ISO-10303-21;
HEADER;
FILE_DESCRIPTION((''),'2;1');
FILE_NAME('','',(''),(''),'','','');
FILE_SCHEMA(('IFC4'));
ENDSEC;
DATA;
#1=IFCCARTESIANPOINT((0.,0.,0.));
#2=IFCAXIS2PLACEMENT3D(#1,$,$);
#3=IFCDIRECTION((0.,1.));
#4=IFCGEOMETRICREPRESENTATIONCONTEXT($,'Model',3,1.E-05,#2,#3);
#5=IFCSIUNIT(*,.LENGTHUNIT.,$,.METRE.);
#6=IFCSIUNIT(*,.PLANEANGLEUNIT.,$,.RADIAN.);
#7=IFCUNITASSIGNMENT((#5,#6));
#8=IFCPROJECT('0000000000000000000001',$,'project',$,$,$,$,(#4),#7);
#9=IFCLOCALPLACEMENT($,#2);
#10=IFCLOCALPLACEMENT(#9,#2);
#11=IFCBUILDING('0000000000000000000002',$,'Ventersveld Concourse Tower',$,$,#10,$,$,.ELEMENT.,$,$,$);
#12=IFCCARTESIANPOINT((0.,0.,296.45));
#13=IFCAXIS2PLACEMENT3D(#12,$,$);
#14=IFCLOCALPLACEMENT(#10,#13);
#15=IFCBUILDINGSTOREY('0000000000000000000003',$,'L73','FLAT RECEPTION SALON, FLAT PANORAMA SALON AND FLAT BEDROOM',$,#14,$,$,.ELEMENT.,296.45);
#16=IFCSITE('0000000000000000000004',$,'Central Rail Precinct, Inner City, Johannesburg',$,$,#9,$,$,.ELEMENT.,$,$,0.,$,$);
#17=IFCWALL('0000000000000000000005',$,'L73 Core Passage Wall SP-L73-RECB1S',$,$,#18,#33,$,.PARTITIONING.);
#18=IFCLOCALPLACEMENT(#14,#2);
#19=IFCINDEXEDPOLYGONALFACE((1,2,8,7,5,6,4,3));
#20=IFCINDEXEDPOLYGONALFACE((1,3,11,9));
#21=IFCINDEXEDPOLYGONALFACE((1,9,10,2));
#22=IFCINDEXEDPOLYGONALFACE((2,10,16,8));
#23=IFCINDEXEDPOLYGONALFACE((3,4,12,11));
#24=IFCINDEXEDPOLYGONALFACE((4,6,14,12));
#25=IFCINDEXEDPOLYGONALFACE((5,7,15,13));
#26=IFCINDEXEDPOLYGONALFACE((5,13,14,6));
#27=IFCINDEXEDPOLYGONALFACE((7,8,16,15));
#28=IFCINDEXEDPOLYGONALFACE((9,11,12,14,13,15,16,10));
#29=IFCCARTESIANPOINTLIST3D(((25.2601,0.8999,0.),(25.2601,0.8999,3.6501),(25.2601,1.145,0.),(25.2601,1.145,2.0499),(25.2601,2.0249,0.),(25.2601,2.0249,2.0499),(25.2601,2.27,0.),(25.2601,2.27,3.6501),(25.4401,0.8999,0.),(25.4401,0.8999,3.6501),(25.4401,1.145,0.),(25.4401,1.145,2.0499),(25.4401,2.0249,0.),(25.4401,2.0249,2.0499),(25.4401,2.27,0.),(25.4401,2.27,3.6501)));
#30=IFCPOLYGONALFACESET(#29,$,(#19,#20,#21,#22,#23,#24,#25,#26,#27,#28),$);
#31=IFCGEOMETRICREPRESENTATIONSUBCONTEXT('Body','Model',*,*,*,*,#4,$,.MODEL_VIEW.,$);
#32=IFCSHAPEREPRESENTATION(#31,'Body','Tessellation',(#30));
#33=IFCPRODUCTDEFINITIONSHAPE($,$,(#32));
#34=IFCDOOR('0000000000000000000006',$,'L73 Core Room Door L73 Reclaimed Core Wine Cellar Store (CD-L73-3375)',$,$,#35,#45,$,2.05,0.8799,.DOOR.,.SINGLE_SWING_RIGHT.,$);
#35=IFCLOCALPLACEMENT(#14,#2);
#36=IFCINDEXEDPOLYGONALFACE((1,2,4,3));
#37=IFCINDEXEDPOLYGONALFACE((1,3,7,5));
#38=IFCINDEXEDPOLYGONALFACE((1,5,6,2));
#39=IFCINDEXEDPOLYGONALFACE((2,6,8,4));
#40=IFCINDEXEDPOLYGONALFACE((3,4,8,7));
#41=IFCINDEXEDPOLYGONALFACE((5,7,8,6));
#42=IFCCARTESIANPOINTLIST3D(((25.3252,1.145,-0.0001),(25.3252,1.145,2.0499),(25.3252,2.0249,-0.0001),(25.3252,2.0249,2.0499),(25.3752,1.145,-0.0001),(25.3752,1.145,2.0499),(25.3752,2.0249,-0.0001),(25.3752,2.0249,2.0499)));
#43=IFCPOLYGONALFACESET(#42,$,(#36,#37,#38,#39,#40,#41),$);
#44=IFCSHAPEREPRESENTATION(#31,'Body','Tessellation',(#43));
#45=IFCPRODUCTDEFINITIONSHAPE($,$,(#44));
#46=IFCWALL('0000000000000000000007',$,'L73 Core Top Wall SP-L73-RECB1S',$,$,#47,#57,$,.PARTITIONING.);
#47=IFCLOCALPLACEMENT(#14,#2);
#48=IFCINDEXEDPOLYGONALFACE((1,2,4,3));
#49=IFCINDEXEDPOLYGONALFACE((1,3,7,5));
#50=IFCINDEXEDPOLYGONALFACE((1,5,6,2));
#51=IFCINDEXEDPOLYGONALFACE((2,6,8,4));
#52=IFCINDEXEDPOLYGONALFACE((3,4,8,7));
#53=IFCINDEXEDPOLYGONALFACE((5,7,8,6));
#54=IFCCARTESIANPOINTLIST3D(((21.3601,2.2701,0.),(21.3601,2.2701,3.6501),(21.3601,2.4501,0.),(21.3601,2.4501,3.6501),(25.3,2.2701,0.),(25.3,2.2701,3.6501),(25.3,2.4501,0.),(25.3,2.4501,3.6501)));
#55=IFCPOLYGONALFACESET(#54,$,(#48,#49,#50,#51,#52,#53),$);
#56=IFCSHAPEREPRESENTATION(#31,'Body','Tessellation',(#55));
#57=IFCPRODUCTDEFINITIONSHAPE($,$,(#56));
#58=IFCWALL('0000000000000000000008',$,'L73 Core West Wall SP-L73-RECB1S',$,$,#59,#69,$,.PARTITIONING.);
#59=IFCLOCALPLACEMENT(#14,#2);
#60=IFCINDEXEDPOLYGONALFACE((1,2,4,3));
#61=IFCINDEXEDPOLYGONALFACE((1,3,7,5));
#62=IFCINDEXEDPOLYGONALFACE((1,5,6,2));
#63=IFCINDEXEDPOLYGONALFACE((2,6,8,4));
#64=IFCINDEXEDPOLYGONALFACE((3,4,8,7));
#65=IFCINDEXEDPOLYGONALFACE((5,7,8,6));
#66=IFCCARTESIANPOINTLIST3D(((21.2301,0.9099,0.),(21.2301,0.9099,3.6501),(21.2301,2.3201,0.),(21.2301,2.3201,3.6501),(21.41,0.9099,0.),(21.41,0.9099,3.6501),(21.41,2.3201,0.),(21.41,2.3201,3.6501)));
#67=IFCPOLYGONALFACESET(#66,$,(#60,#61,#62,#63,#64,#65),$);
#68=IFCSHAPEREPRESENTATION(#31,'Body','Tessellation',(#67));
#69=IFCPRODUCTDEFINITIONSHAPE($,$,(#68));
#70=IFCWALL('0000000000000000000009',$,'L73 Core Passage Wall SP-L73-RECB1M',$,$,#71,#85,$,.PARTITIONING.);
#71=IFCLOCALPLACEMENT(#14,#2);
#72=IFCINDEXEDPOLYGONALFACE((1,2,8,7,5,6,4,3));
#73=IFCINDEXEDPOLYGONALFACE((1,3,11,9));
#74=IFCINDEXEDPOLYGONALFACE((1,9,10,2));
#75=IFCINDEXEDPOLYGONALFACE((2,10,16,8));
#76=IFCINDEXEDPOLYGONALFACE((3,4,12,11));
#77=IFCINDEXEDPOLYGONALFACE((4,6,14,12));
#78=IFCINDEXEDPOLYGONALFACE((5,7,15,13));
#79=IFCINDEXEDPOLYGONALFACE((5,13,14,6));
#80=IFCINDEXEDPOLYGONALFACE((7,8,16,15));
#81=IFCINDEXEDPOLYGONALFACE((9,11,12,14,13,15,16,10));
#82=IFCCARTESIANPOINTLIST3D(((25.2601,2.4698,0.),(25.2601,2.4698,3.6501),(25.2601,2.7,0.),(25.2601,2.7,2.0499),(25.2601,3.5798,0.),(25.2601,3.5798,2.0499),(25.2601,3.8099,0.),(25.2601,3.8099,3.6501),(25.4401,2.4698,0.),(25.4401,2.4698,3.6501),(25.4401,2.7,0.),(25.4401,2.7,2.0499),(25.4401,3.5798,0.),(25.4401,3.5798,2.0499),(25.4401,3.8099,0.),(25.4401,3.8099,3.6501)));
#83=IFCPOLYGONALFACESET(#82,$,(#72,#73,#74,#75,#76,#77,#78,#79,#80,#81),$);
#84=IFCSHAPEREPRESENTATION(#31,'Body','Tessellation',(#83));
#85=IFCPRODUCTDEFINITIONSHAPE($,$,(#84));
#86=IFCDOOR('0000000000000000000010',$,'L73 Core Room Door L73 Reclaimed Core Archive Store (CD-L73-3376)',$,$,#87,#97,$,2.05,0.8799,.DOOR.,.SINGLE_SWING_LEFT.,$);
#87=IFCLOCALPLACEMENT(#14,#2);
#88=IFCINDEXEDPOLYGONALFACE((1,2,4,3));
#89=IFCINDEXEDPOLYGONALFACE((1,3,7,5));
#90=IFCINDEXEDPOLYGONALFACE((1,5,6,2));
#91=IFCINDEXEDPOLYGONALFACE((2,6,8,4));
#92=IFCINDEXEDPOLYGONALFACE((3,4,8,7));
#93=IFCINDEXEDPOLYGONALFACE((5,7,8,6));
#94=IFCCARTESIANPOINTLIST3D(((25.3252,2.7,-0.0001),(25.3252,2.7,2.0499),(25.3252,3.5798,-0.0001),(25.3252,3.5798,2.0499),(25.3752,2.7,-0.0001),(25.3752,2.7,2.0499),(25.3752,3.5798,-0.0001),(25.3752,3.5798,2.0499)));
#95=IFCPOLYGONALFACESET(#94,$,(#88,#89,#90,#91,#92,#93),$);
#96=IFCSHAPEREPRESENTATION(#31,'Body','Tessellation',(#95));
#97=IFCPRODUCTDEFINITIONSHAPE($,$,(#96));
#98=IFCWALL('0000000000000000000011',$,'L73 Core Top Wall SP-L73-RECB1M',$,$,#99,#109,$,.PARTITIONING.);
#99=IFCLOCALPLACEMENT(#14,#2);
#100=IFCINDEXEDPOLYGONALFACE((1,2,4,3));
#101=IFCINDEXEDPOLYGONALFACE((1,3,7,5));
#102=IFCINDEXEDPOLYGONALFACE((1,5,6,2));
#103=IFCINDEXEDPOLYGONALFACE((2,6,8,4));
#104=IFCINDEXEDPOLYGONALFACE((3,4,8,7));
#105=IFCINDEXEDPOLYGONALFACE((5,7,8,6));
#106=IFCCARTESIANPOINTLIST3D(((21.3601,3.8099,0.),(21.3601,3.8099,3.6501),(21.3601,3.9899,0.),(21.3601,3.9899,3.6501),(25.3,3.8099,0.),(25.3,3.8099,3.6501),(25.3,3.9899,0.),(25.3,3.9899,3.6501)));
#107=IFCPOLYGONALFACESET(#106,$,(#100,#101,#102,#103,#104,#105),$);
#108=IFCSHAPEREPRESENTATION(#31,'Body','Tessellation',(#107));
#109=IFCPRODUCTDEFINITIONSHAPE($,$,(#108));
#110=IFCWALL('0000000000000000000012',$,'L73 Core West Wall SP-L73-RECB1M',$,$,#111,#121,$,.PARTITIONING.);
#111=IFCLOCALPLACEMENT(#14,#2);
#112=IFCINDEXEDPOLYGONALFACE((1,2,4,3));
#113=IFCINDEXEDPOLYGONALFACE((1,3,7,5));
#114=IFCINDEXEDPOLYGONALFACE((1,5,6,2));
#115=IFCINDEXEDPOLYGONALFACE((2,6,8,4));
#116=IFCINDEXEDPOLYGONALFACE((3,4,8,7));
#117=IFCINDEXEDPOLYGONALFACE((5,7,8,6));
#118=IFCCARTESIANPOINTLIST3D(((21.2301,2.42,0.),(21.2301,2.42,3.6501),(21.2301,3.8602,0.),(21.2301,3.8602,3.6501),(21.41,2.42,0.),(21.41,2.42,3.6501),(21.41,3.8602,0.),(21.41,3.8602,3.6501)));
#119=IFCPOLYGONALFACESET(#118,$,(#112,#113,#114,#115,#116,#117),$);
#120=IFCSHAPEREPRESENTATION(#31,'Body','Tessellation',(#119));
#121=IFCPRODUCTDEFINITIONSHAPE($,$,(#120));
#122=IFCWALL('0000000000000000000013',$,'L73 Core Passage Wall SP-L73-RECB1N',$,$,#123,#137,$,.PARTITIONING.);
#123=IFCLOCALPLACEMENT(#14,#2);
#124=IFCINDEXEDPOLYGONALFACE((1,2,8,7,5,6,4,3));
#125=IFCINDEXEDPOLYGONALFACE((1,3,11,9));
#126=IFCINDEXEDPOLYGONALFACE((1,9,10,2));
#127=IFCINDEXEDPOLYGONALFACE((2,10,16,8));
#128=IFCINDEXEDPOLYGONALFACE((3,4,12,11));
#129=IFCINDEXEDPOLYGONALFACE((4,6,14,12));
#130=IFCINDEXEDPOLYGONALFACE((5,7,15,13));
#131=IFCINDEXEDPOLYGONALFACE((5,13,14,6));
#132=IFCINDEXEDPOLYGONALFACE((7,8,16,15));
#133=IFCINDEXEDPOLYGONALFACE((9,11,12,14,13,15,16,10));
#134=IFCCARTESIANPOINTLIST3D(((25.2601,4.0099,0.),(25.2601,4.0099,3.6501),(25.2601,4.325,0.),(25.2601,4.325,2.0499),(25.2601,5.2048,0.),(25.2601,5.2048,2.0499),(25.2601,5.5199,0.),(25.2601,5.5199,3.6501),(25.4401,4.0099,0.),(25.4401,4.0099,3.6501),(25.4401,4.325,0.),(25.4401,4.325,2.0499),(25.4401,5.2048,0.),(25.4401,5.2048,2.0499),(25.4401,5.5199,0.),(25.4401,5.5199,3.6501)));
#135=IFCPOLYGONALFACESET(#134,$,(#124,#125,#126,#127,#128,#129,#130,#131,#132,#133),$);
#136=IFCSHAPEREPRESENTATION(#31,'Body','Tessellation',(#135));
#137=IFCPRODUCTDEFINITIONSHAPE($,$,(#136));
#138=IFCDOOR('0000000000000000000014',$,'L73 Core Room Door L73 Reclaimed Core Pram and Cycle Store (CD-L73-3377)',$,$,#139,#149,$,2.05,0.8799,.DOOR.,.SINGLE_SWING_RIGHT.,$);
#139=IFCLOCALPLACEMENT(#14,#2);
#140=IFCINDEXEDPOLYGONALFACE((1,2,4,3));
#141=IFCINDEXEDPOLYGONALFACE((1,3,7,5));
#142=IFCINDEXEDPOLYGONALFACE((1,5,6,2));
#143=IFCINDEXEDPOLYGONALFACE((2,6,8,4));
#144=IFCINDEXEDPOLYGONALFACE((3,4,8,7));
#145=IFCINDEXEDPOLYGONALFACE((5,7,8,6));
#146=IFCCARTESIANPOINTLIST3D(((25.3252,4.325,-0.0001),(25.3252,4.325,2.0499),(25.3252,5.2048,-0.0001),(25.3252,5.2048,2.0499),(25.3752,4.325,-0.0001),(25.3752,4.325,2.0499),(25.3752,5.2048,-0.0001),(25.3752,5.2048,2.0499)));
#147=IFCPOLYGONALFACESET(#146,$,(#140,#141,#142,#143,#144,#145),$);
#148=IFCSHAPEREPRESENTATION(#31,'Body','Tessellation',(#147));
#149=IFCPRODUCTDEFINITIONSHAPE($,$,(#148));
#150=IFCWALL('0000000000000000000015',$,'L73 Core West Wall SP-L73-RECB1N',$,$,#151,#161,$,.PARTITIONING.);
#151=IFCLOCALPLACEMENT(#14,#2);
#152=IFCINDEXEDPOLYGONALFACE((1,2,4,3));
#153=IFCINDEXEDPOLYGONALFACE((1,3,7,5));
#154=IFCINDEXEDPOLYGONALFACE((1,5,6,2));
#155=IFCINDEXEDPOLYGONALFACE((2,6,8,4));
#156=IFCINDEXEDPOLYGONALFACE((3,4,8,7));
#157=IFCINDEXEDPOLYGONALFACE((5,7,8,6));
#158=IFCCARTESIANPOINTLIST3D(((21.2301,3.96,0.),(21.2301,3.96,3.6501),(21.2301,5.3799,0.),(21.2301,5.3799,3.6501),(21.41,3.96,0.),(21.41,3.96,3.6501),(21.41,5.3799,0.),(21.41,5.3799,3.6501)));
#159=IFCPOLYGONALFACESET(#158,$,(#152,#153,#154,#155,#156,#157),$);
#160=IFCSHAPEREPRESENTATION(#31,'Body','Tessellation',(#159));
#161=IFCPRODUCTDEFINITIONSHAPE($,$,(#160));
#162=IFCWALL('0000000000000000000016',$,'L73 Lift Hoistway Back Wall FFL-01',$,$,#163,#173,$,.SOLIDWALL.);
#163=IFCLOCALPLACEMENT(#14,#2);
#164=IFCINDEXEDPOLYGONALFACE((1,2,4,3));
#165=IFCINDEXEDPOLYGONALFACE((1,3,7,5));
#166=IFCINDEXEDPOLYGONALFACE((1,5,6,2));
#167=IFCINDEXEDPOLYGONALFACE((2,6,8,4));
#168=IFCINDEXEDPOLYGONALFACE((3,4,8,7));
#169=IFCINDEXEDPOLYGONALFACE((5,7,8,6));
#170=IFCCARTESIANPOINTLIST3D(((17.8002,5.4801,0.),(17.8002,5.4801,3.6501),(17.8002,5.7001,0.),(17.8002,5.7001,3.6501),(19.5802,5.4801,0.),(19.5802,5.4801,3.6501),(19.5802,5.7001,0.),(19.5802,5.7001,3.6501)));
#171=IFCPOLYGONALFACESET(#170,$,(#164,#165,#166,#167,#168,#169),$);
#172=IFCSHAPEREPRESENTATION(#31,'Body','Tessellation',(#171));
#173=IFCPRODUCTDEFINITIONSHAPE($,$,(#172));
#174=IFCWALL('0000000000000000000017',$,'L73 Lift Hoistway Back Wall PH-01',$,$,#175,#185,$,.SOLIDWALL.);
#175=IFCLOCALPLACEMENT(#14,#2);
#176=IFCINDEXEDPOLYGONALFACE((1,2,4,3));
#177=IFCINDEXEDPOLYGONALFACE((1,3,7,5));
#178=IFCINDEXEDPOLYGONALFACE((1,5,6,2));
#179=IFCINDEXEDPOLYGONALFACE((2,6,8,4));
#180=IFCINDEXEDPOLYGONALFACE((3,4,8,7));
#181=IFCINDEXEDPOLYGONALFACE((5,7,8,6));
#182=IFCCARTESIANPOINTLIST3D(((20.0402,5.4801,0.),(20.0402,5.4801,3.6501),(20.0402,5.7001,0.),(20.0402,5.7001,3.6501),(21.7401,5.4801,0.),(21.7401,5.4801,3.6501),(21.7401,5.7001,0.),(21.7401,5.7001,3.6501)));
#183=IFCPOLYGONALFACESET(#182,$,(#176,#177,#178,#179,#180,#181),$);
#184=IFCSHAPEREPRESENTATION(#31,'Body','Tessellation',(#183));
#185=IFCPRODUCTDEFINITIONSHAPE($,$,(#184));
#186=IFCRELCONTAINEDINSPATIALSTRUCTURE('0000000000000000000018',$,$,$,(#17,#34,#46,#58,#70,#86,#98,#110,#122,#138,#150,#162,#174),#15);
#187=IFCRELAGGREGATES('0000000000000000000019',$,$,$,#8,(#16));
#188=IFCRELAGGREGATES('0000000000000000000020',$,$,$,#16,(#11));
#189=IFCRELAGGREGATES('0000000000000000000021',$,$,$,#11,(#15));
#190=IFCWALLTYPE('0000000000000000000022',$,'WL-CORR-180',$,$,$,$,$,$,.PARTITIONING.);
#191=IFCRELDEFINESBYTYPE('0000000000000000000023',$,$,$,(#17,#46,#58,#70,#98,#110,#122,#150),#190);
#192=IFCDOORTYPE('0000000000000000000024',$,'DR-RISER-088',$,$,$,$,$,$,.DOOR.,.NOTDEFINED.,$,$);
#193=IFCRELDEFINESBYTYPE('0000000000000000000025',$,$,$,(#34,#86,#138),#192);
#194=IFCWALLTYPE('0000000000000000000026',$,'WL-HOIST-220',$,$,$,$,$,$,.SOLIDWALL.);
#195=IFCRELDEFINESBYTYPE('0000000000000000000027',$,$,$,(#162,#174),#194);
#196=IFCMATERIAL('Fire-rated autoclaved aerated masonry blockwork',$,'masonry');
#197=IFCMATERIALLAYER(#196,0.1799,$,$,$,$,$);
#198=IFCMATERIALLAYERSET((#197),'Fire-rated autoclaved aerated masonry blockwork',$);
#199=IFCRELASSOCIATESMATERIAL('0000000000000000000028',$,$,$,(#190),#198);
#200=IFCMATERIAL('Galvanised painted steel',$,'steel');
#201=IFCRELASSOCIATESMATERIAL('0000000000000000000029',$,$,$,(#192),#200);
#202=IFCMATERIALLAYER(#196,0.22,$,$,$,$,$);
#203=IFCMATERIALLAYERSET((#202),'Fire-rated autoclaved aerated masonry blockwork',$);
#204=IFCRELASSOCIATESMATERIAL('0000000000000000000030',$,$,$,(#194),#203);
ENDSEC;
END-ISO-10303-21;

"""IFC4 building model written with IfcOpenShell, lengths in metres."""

from ifc_helpers import new_model, si_unit, direction, frame, frame_2d, origin, place, context, subcontext, project, spatial, rectangle, extrude, material, layer, layer_set, type_object, element, fill, save


model = new_model("IFC4")

# Units and contexts
model_context = context("Model", 3, precision=1e-05, world=origin(), true_north=direction((0.0, 1.0)))
body_context = subcontext(model_context, "Body", "Model", "MODEL_VIEW")
ifc_project = project(units=[si_unit("LENGTHUNIT", "METRE"), si_unit("PLANEANGLEUNIT", "RADIAN")], contexts=[model_context])

# Site, building, storey
site_placement = place(None, origin())
site = spatial("IfcSite", under=ifc_project, at=site_placement, Name="Central Rail Precinct, Inner City, Johannesburg", CompositionType="ELEMENT", RefElevation=0.0)
building_placement = place(site_placement, origin())
building = spatial("IfcBuilding", under=site, at=building_placement, Name="Ventersveld Concourse Tower", CompositionType="ELEMENT")
storey_placement = place(building_placement, frame((0.0, 0.0, 296.45)))
storey = spatial("IfcBuildingStorey", under=building, at=storey_placement, Name="L73", Description="FLAT RECEPTION SALON, FLAT PANORAMA SALON AND FLAT BEDROOM", CompositionType="ELEMENT", Elevation=296.45)

# Wall, opening, door
ifc_material_1 = material(Name="Fire-rated autoclaved aerated masonry blockwork", Category="masonry")
ifc_layer_1 = layer(ifc_material_1, 0.1799)
ifc_layer_set_1 = layer_set([ifc_layer_1], Name="Fire-rated autoclaved aerated masonry blockwork")
wall_type_1 = type_object("IfcWallType", Name="WL-CORR-180", PredefinedType="PARTITIONING", material=ifc_layer_set_1)
wall_1_placement = place(storey_placement, frame((25.3501, 0.8999, 0.0), z_axis=(0.0, 0.0, 1.0), x_axis=(0.0, 1.0, 0.0)))
wall_1 = element("IfcWall", 1, at=wall_1_placement, inside=storey, type_object=wall_type_1, Name="L73 Core Passage Wall SP-L73-RECB1S", PredefinedType="PARTITIONING", context=body_context, shape_type="SweptSolid", body=[
    extrude(rectangle(XDim=1.3701, YDim=0.1799, at=frame_2d((0.6851, 0.0))), origin(), (0.0, 0.0, 1.0), 3.6501),
])
opening_1_placement = place(wall_1_placement, frame((0.2451, 0.0, 0.0)))
opening_1 = element("IfcOpeningElement", 2, at=opening_1_placement, cuts=wall_1, PredefinedType="OPENING", context=body_context, shape_type="SweptSolid", body=[
    extrude(rectangle(XDim=0.8799, YDim=2.05, at=frame_2d((0.4399, 1.0249))), frame((0.0, 0.1001, 0.0), z_axis=(0.0, -1.0, 0.0), x_axis=(1.0, 0.0, 0.0)), (0.0, 0.0, 1.0), 0.2),
])
ifc_material_2 = material(Name="Galvanised painted steel", Category="steel")
door_type = type_object("IfcDoorType", Name="DR-RISER-088", OperationType="NOTDEFINED", PredefinedType="DOOR", material=ifc_material_2)
door_1_placement = place(opening_1_placement, origin())
door_1 = element("IfcDoor", 3, at=door_1_placement, inside=storey, type_object=door_type, Name="L73 Core Room Door L73 Reclaimed Core Wine Cellar Store (CD-L73-3375)", OperationType="SINGLE_SWING_RIGHT", OverallHeight=2.05, OverallWidth=0.8799, PredefinedType="DOOR", context=body_context, shape_type="SweptSolid", body=[
    extrude(rectangle(XDim=0.8799, YDim=2.05, at=frame_2d((0.4399, 1.0249))), frame((0.0, 0.0249, 0.0), z_axis=(0.0, -1.0, 0.0), x_axis=(1.0, 0.0, 0.0)), (0.0, 0.0, 1.0), 0.05),
])
fill(opening_1, door_1)

# Walls
wall_2_placement = place(storey_placement, frame((21.3601, 2.3601, 0.0), z_axis=(0.0, 0.0, 1.0), x_axis=(1.0, 0.0, 0.0)))
element("IfcWall", 4, at=wall_2_placement, inside=storey, type_object=wall_type_1, Name="L73 Core Top Wall SP-L73-RECB1S", PredefinedType="PARTITIONING", context=body_context, shape_type="SweptSolid", body=[
    extrude(rectangle(XDim=3.9399, YDim=0.1799, at=frame_2d((1.97, 0.0))), origin(), (0.0, 0.0, 1.0), 3.6501),
])
wall_3_placement = place(storey_placement, frame((21.3201, 0.9099, 0.0), z_axis=(0.0, 0.0, 1.0), x_axis=(0.0, 1.0, 0.0)))
element("IfcWall", 5, at=wall_3_placement, inside=storey, type_object=wall_type_1, Name="L73 Core West Wall SP-L73-RECB1S", PredefinedType="PARTITIONING", context=body_context, shape_type="SweptSolid", body=[
    extrude(rectangle(XDim=1.4102, YDim=0.1799, at=frame_2d((0.7051, 0.0))), origin(), (0.0, 0.0, 1.0), 3.6501),
])

# Wall, opening, door
wall_4_placement = place(storey_placement, frame((25.3501, 2.47, 0.0), z_axis=(0.0, 0.0, 1.0), x_axis=(0.0, 1.0, 0.0)))
wall_4 = element("IfcWall", 6, at=wall_4_placement, inside=storey, type_object=wall_type_1, Name="L73 Core Passage Wall SP-L73-RECB1M", PredefinedType="PARTITIONING", context=body_context, shape_type="SweptSolid", body=[
    extrude(rectangle(XDim=1.3401, YDim=0.1799, at=frame_2d((0.6699, 0.0))), origin(), (0.0, 0.0, 1.0), 3.6501),
])
opening_2_placement = place(wall_4_placement, frame((0.23, 0.0, 0.0)))
opening_2 = element("IfcOpeningElement", 7, at=opening_2_placement, cuts=wall_4, PredefinedType="OPENING", context=body_context, shape_type="SweptSolid", body=[
    extrude(rectangle(XDim=0.8799, YDim=2.05, at=frame_2d((0.4399, 1.0249))), frame((0.0, 0.1001, 0.0), z_axis=(0.0, -1.0, 0.0), x_axis=(1.0, 0.0, 0.0)), (0.0, 0.0, 1.0), 0.2),
])
door_2_placement = place(opening_2_placement, origin())
door_2 = element("IfcDoor", 8, at=door_2_placement, inside=storey, type_object=door_type, Name="L73 Core Room Door L73 Reclaimed Core Archive Store (CD-L73-3376)", OperationType="SINGLE_SWING_LEFT", OverallHeight=2.05, OverallWidth=0.8799, PredefinedType="DOOR", context=body_context, shape_type="SweptSolid", body=[
    extrude(rectangle(XDim=0.8799, YDim=2.05, at=frame_2d((0.4399, 1.0249))), frame((0.0, 0.0249, 0.0), z_axis=(0.0, -1.0, 0.0), x_axis=(1.0, 0.0, 0.0)), (0.0, 0.0, 1.0), 0.05),
])
fill(opening_2, door_2)

# Walls
wall_5_placement = place(storey_placement, frame((21.3601, 3.8999, 0.0), z_axis=(0.0, 0.0, 1.0), x_axis=(1.0, 0.0, 0.0)))
element("IfcWall", 9, at=wall_5_placement, inside=storey, type_object=wall_type_1, Name="L73 Core Top Wall SP-L73-RECB1M", PredefinedType="PARTITIONING", context=body_context, shape_type="SweptSolid", body=[
    extrude(rectangle(XDim=3.9399, YDim=0.1799, at=frame_2d((1.97, 0.0))), origin(), (0.0, 0.0, 1.0), 3.6501),
])
wall_6_placement = place(storey_placement, frame((21.3201, 2.4199, 0.0), z_axis=(0.0, 0.0, 1.0), x_axis=(0.0, 1.0, 0.0)))
element("IfcWall", 10, at=wall_6_placement, inside=storey, type_object=wall_type_1, Name="L73 Core West Wall SP-L73-RECB1M", PredefinedType="PARTITIONING", context=body_context, shape_type="SweptSolid", body=[
    extrude(rectangle(XDim=1.4402, YDim=0.1799, at=frame_2d((0.7202, 0.0))), origin(), (0.0, 0.0, 1.0), 3.6501),
])

# Wall, opening, door
wall_7_placement = place(storey_placement, frame((25.3501, 4.01, 0.0), z_axis=(0.0, 0.0, 1.0), x_axis=(0.0, 1.0, 0.0)))
wall_7 = element("IfcWall", 11, at=wall_7_placement, inside=storey, type_object=wall_type_1, Name="L73 Core Passage Wall SP-L73-RECB1N", PredefinedType="PARTITIONING", context=body_context, shape_type="SweptSolid", body=[
    extrude(rectangle(XDim=1.51, YDim=0.1799, at=frame_2d((0.7549, 0.0))), origin(), (0.0, 0.0, 1.0), 3.6501),
])
opening_3_placement = place(wall_7_placement, frame((0.3149, 0.0, 0.0)))
opening_3 = element("IfcOpeningElement", 12, at=opening_3_placement, cuts=wall_7, PredefinedType="OPENING", context=body_context, shape_type="SweptSolid", body=[
    extrude(rectangle(XDim=0.8799, YDim=2.05, at=frame_2d((0.4399, 1.0249))), frame((0.0, 0.1001, 0.0), z_axis=(0.0, -1.0, 0.0), x_axis=(1.0, 0.0, 0.0)), (0.0, 0.0, 1.0), 0.2),
])
door_3_placement = place(opening_3_placement, origin())
door_3 = element("IfcDoor", 13, at=door_3_placement, inside=storey, type_object=door_type, Name="L73 Core Room Door L73 Reclaimed Core Pram and Cycle Store (CD-L73-3377)", OperationType="SINGLE_SWING_RIGHT", OverallHeight=2.05, OverallWidth=0.8799, PredefinedType="DOOR", context=body_context, shape_type="SweptSolid", body=[
    extrude(rectangle(XDim=0.8799, YDim=2.05, at=frame_2d((0.4399, 1.0249))), frame((0.0, 0.0249, 0.0), z_axis=(0.0, -1.0, 0.0), x_axis=(1.0, 0.0, 0.0)), (0.0, 0.0, 1.0), 0.05),
])
fill(opening_3, door_3)

# Walls
wall_8_placement = place(storey_placement, frame((21.3201, 3.96, 0.0), z_axis=(0.0, 0.0, 1.0), x_axis=(0.0, 1.0, 0.0)))
element("IfcWall", 14, at=wall_8_placement, inside=storey, type_object=wall_type_1, Name="L73 Core West Wall SP-L73-RECB1N", PredefinedType="PARTITIONING", context=body_context, shape_type="SweptSolid", body=[
    extrude(rectangle(XDim=1.4199, YDim=0.1799, at=frame_2d((0.71, 0.0))), origin(), (0.0, 0.0, 1.0), 3.6501),
])
ifc_layer_2 = layer(ifc_material_1, 0.22)
ifc_layer_set_2 = layer_set([ifc_layer_2], Name="Fire-rated autoclaved aerated masonry blockwork")
wall_type_2 = type_object("IfcWallType", Name="WL-HOIST-220", PredefinedType="SOLIDWALL", material=ifc_layer_set_2)
wall_9_placement = place(storey_placement, frame((17.8, 5.5901, 0.0), z_axis=(0.0, 0.0, 1.0), x_axis=(1.0, 0.0, 0.0)))
element("IfcWall", 15, at=wall_9_placement, inside=storey, type_object=wall_type_2, Name="L73 Lift Hoistway Back Wall FFL-01", PredefinedType="SOLIDWALL", context=body_context, shape_type="SweptSolid", body=[
    extrude(rectangle(XDim=1.78, YDim=0.22, at=frame_2d((0.8901, 0.0))), origin(), (0.0, 0.0, 1.0), 3.6501),
])
wall_10_placement = place(storey_placement, frame((20.04, 5.5901, 0.0), z_axis=(0.0, 0.0, 1.0), x_axis=(1.0, 0.0, 0.0)))
element("IfcWall", 16, at=wall_10_placement, inside=storey, type_object=wall_type_2, Name="L73 Lift Hoistway Back Wall PH-01", PredefinedType="SOLIDWALL", context=body_context, shape_type="SweptSolid", body=[
    extrude(rectangle(XDim=1.7, YDim=0.22, at=frame_2d((0.8501, 0.0))), origin(), (0.0, 0.0, 1.0), 3.6501),
])

save(model, "model.ifc")
